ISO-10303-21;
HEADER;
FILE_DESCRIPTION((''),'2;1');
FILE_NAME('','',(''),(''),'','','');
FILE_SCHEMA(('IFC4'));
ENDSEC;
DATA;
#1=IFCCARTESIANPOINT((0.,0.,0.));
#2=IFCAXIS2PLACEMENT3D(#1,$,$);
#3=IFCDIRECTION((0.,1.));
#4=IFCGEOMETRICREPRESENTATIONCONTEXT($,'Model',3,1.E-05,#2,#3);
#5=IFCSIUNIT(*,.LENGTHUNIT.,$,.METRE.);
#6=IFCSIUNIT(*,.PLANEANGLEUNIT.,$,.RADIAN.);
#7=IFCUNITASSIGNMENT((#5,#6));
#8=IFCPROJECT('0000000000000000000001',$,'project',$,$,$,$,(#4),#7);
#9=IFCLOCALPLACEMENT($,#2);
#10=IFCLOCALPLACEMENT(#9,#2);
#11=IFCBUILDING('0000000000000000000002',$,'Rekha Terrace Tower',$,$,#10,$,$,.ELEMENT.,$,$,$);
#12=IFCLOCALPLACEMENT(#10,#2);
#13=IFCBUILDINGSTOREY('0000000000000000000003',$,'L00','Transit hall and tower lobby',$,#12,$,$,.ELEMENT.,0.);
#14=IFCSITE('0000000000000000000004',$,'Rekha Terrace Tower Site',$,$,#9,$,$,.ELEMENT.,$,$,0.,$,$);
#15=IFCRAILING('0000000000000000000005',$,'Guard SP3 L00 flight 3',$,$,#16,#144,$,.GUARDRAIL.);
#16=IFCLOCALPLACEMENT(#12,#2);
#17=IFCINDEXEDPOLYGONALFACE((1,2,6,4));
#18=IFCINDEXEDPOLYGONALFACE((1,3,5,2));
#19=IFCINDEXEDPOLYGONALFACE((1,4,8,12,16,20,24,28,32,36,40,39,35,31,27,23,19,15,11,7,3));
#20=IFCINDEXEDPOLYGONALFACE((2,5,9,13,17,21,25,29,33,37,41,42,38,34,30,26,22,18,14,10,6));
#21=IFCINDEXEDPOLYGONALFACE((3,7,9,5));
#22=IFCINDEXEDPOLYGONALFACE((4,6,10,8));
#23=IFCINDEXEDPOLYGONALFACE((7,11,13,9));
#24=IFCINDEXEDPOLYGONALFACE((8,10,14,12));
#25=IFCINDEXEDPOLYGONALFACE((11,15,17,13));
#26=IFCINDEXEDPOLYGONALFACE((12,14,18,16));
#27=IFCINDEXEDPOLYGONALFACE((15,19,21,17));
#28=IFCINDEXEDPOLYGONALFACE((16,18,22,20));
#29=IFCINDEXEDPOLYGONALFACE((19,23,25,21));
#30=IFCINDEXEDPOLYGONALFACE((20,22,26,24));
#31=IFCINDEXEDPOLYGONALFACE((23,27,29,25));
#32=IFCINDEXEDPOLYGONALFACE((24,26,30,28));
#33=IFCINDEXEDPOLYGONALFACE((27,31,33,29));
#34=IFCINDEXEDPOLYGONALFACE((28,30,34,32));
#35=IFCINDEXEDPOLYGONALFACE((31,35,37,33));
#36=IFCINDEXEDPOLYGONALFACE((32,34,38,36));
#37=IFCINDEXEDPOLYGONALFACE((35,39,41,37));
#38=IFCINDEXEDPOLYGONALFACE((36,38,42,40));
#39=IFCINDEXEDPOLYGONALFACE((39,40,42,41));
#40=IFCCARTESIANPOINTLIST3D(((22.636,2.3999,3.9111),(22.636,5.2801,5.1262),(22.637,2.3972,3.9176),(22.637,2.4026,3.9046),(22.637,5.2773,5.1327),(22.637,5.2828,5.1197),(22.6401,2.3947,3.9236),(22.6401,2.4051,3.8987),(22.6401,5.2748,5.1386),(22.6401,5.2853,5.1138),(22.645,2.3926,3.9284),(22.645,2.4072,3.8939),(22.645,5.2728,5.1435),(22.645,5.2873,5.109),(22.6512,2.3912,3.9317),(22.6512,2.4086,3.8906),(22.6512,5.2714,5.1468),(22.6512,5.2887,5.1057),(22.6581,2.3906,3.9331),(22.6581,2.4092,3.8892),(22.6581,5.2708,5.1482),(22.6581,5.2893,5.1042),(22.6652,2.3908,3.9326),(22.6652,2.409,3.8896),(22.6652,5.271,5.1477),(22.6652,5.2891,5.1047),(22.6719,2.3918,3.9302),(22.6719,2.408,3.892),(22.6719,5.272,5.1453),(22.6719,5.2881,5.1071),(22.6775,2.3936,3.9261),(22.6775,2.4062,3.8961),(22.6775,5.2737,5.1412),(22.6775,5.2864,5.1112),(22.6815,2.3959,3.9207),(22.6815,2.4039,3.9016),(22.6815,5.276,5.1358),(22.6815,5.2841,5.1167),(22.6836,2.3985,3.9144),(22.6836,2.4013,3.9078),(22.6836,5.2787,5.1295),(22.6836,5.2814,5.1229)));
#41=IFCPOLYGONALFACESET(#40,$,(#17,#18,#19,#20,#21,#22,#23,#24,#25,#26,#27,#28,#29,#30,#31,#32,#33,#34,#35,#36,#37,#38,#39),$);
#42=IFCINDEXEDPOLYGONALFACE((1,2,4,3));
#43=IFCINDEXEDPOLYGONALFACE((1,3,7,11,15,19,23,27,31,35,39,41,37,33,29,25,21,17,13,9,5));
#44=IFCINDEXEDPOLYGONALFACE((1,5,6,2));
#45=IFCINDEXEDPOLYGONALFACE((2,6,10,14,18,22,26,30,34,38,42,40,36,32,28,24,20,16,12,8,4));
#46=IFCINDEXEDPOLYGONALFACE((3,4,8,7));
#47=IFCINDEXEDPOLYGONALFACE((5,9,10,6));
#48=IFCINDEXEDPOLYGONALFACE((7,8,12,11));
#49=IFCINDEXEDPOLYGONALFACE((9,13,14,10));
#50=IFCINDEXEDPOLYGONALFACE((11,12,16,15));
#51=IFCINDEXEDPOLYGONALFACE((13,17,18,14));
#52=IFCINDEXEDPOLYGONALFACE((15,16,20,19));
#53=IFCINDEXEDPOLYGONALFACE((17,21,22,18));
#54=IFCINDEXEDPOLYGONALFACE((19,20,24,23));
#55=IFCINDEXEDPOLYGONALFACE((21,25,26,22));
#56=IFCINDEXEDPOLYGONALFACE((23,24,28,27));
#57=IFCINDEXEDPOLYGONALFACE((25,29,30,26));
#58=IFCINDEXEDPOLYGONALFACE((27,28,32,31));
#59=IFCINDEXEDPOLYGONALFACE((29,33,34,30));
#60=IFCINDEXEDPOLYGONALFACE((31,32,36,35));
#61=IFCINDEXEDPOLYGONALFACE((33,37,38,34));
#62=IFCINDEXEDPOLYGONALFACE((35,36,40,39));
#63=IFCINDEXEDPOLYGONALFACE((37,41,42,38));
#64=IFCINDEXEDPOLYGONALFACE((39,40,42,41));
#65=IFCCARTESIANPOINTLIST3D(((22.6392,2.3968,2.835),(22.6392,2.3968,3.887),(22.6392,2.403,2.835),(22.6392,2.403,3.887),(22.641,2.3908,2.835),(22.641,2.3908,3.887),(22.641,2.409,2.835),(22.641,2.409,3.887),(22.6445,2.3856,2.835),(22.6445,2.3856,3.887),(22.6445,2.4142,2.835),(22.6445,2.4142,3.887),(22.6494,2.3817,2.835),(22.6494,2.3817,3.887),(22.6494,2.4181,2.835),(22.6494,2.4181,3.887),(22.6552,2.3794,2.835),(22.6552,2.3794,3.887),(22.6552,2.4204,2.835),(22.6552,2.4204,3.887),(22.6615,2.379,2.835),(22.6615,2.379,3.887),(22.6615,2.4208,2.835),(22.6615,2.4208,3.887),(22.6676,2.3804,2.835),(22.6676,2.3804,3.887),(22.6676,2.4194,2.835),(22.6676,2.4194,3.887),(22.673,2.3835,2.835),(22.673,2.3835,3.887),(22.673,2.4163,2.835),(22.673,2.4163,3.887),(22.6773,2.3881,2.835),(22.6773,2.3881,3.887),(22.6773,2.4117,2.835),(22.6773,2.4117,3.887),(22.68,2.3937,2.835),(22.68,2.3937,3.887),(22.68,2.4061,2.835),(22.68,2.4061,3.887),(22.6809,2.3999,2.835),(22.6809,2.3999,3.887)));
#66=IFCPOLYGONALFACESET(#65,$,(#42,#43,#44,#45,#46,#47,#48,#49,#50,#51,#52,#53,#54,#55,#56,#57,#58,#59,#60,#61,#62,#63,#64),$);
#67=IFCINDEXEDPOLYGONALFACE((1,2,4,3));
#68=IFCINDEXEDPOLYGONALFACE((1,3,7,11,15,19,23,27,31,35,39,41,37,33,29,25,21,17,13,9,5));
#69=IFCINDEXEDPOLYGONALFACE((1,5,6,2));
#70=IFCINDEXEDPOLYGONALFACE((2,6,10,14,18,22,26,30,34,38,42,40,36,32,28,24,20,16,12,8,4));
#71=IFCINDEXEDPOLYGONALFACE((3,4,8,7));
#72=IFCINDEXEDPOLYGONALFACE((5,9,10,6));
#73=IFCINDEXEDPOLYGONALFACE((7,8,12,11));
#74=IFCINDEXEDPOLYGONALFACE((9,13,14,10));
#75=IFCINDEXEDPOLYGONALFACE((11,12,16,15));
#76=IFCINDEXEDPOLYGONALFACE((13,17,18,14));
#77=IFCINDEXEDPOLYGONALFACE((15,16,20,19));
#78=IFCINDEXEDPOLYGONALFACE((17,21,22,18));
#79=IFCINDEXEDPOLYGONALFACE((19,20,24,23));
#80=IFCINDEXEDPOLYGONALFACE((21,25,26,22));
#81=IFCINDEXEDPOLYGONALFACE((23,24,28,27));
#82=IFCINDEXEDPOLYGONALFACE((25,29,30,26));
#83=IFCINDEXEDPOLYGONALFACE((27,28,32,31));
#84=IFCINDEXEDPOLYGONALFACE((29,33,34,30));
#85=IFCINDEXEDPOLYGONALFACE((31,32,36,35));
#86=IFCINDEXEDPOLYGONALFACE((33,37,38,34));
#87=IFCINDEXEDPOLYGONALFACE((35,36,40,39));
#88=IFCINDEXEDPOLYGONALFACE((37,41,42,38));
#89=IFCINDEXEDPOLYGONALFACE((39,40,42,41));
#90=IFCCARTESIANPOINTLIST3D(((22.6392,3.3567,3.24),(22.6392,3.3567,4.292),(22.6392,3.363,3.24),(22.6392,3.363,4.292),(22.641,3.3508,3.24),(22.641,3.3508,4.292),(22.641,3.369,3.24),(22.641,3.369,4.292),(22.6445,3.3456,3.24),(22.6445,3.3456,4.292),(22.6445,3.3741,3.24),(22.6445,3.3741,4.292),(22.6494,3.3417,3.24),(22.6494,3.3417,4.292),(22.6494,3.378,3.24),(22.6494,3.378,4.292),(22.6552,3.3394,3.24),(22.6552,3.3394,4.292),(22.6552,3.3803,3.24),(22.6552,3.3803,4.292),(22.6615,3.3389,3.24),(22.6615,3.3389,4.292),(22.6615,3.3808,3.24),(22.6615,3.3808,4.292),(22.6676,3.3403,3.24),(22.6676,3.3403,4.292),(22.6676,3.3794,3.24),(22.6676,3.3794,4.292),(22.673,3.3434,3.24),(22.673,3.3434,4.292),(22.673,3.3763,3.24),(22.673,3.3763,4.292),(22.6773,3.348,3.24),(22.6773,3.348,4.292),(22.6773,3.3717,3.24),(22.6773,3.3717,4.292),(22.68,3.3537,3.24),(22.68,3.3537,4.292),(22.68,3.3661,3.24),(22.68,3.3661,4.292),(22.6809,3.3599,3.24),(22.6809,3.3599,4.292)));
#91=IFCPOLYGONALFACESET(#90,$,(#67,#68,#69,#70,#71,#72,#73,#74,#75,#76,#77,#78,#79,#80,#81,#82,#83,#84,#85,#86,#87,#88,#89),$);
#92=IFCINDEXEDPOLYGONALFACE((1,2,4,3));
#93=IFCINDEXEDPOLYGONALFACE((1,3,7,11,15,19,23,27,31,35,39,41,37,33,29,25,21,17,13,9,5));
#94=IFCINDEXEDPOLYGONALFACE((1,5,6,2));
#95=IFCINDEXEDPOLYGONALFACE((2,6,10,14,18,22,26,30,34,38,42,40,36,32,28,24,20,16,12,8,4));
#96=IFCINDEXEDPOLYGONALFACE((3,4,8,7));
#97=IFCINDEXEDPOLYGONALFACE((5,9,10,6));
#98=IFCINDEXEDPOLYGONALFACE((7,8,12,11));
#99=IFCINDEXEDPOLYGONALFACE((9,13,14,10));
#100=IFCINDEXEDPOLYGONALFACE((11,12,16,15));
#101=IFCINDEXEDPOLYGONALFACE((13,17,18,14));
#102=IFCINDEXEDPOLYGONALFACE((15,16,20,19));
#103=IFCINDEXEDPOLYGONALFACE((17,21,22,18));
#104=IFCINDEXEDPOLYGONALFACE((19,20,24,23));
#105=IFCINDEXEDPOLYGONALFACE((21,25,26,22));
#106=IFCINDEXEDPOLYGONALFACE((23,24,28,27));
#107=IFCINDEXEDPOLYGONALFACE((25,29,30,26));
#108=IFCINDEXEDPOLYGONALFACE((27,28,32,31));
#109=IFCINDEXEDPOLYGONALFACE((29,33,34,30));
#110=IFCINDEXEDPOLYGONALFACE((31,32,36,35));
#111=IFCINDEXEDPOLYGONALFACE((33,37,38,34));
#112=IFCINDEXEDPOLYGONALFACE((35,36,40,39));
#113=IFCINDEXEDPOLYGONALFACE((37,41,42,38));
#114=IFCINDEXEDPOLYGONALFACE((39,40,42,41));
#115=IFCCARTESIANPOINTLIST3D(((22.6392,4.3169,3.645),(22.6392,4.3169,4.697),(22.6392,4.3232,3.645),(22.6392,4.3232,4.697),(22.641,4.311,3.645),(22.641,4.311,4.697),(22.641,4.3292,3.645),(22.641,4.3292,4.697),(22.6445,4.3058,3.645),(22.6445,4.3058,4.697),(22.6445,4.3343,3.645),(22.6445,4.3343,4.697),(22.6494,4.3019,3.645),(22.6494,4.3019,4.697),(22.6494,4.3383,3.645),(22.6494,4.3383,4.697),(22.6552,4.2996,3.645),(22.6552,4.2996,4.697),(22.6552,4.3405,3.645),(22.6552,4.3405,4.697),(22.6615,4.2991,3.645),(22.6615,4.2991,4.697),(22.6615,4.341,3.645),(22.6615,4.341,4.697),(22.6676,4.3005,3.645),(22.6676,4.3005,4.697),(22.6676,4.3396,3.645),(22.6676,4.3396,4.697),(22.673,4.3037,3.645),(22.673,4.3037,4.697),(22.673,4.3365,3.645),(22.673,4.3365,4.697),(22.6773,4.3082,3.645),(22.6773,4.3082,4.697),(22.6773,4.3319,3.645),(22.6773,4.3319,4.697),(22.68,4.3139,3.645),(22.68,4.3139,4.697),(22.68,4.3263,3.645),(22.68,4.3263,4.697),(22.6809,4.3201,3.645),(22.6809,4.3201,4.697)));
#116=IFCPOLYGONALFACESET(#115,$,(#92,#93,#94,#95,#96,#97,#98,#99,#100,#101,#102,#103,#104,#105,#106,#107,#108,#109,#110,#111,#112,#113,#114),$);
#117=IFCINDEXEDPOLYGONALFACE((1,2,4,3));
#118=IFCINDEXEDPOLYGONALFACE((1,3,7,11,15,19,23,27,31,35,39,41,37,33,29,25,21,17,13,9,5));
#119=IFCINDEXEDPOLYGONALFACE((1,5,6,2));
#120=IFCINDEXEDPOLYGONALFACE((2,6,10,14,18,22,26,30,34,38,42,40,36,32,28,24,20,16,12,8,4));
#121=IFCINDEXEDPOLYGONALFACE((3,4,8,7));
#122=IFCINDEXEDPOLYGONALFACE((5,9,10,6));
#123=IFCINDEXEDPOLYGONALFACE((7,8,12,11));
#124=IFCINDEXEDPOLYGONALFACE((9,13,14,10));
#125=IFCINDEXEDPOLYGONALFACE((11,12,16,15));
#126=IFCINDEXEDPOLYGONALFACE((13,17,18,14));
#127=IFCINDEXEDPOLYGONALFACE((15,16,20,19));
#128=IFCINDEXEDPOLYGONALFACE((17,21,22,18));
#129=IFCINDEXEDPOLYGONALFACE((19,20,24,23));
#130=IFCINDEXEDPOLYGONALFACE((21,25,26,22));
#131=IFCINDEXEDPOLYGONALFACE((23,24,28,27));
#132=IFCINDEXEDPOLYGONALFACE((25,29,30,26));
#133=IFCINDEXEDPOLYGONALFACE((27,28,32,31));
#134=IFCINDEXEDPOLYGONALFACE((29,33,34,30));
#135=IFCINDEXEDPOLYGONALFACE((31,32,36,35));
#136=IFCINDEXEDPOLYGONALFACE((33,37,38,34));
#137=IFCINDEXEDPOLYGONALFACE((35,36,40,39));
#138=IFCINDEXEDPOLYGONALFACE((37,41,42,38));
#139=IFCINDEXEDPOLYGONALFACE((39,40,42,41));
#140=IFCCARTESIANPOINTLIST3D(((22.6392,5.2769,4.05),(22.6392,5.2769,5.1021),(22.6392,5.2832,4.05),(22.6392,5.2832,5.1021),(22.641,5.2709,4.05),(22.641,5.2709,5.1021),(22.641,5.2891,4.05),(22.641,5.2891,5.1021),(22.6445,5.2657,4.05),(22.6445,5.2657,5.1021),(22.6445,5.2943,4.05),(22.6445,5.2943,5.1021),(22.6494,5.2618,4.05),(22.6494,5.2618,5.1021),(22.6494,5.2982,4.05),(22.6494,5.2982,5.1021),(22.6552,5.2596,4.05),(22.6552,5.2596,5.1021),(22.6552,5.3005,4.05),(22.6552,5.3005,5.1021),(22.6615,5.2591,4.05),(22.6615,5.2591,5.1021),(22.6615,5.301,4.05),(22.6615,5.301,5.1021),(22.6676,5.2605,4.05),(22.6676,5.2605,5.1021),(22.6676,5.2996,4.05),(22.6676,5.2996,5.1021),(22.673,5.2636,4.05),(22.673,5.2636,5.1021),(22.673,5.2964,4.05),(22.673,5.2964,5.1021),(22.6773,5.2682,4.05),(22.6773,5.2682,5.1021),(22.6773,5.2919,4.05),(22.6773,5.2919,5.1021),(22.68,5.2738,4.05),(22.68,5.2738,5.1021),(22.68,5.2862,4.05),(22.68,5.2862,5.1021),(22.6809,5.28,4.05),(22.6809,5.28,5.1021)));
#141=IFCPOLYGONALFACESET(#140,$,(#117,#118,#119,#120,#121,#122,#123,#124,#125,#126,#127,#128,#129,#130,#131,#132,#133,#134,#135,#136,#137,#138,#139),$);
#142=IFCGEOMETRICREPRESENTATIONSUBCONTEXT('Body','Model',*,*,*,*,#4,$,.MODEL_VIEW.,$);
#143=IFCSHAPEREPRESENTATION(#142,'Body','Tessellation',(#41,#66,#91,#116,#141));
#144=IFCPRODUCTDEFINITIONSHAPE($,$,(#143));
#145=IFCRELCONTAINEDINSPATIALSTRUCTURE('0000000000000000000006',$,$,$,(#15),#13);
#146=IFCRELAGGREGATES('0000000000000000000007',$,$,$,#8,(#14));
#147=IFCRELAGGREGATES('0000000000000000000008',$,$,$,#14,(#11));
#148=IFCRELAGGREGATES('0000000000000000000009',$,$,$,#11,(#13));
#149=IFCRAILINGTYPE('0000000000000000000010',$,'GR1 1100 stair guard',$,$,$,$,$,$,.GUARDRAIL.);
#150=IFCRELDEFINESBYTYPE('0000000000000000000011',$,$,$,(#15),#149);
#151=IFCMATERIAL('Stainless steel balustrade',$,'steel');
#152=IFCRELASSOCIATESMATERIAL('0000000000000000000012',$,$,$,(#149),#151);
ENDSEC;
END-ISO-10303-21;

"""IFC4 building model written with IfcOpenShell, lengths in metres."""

from ifc_helpers import new_model, si_unit, direction, frame, origin, origin_2d, place, context, subcontext, project, spatial, circle, extrude, material, type_object, element, save


model = new_model("IFC4")

# Units and contexts
model_context = context("Model", 3, precision=1e-05, world=origin(), true_north=direction((0.0, 1.0)))
body_context = subcontext(model_context, "Body", "Model", "MODEL_VIEW")
ifc_project = project(units=[si_unit("LENGTHUNIT", "METRE"), si_unit("PLANEANGLEUNIT", "RADIAN")], contexts=[model_context])

# Site, building, storey
site_placement = place(None, origin())
site = spatial("IfcSite", under=ifc_project, at=site_placement, Name="Rekha Terrace Tower Site", CompositionType="ELEMENT", RefElevation=0.0)
building_placement = place(site_placement, origin())
building = spatial("IfcBuilding", under=site, at=building_placement, Name="Rekha Terrace Tower", CompositionType="ELEMENT")
storey_placement = place(building_placement, origin())
storey = spatial("IfcBuildingStorey", under=building, at=storey_placement, Name="L00", Description="Transit hall and tower lobby", CompositionType="ELEMENT", Elevation=0.0)

# Railing
ifc_material_1 = material(Name="Stainless steel balustrade", Category="steel")
railing_type_1 = type_object("IfcRailingType", Name="GR1 1100 stair guard", PredefinedType="GUARDRAIL", material=ifc_material_1)
railing_1_placement = place(storey_placement, frame((22.6599, 2.3999, 2.835)))
element("IfcRailing", 1, at=railing_1_placement, inside=storey, type_object=railing_type_1, Name="Guard SP3 L00 flight 3", PredefinedType="GUARDRAIL", context=body_context, shape_type="SweptSolid", body=[
    extrude(circle(Radius=0.0239, at=origin_2d()), frame((0.0, 0.0, 1.0762), z_axis=(0.0, 0.92136, 0.38871), x_axis=(-1.0, 0.0, 0.0)), (0.0, 0.0, 1.0), 3.126),
    extrude(circle(Radius=0.021, at=origin_2d()), origin(), (0.0, 0.0, 1.0), 1.052),
    extrude(circle(Radius=0.021, at=origin_2d()), frame((0.0, 0.96, 0.405)), (0.0, 0.0, 1.0), 1.052),
    extrude(circle(Radius=0.021, at=origin_2d()), frame((0.0, 1.9202, 0.8101)), (0.0, 0.0, 1.0), 1.052),
    extrude(circle(Radius=0.021, at=origin_2d()), frame((0.0, 2.8801, 1.2151)), (0.0, 0.0, 1.0), 1.052),
])

save(model, "model.ifc")
